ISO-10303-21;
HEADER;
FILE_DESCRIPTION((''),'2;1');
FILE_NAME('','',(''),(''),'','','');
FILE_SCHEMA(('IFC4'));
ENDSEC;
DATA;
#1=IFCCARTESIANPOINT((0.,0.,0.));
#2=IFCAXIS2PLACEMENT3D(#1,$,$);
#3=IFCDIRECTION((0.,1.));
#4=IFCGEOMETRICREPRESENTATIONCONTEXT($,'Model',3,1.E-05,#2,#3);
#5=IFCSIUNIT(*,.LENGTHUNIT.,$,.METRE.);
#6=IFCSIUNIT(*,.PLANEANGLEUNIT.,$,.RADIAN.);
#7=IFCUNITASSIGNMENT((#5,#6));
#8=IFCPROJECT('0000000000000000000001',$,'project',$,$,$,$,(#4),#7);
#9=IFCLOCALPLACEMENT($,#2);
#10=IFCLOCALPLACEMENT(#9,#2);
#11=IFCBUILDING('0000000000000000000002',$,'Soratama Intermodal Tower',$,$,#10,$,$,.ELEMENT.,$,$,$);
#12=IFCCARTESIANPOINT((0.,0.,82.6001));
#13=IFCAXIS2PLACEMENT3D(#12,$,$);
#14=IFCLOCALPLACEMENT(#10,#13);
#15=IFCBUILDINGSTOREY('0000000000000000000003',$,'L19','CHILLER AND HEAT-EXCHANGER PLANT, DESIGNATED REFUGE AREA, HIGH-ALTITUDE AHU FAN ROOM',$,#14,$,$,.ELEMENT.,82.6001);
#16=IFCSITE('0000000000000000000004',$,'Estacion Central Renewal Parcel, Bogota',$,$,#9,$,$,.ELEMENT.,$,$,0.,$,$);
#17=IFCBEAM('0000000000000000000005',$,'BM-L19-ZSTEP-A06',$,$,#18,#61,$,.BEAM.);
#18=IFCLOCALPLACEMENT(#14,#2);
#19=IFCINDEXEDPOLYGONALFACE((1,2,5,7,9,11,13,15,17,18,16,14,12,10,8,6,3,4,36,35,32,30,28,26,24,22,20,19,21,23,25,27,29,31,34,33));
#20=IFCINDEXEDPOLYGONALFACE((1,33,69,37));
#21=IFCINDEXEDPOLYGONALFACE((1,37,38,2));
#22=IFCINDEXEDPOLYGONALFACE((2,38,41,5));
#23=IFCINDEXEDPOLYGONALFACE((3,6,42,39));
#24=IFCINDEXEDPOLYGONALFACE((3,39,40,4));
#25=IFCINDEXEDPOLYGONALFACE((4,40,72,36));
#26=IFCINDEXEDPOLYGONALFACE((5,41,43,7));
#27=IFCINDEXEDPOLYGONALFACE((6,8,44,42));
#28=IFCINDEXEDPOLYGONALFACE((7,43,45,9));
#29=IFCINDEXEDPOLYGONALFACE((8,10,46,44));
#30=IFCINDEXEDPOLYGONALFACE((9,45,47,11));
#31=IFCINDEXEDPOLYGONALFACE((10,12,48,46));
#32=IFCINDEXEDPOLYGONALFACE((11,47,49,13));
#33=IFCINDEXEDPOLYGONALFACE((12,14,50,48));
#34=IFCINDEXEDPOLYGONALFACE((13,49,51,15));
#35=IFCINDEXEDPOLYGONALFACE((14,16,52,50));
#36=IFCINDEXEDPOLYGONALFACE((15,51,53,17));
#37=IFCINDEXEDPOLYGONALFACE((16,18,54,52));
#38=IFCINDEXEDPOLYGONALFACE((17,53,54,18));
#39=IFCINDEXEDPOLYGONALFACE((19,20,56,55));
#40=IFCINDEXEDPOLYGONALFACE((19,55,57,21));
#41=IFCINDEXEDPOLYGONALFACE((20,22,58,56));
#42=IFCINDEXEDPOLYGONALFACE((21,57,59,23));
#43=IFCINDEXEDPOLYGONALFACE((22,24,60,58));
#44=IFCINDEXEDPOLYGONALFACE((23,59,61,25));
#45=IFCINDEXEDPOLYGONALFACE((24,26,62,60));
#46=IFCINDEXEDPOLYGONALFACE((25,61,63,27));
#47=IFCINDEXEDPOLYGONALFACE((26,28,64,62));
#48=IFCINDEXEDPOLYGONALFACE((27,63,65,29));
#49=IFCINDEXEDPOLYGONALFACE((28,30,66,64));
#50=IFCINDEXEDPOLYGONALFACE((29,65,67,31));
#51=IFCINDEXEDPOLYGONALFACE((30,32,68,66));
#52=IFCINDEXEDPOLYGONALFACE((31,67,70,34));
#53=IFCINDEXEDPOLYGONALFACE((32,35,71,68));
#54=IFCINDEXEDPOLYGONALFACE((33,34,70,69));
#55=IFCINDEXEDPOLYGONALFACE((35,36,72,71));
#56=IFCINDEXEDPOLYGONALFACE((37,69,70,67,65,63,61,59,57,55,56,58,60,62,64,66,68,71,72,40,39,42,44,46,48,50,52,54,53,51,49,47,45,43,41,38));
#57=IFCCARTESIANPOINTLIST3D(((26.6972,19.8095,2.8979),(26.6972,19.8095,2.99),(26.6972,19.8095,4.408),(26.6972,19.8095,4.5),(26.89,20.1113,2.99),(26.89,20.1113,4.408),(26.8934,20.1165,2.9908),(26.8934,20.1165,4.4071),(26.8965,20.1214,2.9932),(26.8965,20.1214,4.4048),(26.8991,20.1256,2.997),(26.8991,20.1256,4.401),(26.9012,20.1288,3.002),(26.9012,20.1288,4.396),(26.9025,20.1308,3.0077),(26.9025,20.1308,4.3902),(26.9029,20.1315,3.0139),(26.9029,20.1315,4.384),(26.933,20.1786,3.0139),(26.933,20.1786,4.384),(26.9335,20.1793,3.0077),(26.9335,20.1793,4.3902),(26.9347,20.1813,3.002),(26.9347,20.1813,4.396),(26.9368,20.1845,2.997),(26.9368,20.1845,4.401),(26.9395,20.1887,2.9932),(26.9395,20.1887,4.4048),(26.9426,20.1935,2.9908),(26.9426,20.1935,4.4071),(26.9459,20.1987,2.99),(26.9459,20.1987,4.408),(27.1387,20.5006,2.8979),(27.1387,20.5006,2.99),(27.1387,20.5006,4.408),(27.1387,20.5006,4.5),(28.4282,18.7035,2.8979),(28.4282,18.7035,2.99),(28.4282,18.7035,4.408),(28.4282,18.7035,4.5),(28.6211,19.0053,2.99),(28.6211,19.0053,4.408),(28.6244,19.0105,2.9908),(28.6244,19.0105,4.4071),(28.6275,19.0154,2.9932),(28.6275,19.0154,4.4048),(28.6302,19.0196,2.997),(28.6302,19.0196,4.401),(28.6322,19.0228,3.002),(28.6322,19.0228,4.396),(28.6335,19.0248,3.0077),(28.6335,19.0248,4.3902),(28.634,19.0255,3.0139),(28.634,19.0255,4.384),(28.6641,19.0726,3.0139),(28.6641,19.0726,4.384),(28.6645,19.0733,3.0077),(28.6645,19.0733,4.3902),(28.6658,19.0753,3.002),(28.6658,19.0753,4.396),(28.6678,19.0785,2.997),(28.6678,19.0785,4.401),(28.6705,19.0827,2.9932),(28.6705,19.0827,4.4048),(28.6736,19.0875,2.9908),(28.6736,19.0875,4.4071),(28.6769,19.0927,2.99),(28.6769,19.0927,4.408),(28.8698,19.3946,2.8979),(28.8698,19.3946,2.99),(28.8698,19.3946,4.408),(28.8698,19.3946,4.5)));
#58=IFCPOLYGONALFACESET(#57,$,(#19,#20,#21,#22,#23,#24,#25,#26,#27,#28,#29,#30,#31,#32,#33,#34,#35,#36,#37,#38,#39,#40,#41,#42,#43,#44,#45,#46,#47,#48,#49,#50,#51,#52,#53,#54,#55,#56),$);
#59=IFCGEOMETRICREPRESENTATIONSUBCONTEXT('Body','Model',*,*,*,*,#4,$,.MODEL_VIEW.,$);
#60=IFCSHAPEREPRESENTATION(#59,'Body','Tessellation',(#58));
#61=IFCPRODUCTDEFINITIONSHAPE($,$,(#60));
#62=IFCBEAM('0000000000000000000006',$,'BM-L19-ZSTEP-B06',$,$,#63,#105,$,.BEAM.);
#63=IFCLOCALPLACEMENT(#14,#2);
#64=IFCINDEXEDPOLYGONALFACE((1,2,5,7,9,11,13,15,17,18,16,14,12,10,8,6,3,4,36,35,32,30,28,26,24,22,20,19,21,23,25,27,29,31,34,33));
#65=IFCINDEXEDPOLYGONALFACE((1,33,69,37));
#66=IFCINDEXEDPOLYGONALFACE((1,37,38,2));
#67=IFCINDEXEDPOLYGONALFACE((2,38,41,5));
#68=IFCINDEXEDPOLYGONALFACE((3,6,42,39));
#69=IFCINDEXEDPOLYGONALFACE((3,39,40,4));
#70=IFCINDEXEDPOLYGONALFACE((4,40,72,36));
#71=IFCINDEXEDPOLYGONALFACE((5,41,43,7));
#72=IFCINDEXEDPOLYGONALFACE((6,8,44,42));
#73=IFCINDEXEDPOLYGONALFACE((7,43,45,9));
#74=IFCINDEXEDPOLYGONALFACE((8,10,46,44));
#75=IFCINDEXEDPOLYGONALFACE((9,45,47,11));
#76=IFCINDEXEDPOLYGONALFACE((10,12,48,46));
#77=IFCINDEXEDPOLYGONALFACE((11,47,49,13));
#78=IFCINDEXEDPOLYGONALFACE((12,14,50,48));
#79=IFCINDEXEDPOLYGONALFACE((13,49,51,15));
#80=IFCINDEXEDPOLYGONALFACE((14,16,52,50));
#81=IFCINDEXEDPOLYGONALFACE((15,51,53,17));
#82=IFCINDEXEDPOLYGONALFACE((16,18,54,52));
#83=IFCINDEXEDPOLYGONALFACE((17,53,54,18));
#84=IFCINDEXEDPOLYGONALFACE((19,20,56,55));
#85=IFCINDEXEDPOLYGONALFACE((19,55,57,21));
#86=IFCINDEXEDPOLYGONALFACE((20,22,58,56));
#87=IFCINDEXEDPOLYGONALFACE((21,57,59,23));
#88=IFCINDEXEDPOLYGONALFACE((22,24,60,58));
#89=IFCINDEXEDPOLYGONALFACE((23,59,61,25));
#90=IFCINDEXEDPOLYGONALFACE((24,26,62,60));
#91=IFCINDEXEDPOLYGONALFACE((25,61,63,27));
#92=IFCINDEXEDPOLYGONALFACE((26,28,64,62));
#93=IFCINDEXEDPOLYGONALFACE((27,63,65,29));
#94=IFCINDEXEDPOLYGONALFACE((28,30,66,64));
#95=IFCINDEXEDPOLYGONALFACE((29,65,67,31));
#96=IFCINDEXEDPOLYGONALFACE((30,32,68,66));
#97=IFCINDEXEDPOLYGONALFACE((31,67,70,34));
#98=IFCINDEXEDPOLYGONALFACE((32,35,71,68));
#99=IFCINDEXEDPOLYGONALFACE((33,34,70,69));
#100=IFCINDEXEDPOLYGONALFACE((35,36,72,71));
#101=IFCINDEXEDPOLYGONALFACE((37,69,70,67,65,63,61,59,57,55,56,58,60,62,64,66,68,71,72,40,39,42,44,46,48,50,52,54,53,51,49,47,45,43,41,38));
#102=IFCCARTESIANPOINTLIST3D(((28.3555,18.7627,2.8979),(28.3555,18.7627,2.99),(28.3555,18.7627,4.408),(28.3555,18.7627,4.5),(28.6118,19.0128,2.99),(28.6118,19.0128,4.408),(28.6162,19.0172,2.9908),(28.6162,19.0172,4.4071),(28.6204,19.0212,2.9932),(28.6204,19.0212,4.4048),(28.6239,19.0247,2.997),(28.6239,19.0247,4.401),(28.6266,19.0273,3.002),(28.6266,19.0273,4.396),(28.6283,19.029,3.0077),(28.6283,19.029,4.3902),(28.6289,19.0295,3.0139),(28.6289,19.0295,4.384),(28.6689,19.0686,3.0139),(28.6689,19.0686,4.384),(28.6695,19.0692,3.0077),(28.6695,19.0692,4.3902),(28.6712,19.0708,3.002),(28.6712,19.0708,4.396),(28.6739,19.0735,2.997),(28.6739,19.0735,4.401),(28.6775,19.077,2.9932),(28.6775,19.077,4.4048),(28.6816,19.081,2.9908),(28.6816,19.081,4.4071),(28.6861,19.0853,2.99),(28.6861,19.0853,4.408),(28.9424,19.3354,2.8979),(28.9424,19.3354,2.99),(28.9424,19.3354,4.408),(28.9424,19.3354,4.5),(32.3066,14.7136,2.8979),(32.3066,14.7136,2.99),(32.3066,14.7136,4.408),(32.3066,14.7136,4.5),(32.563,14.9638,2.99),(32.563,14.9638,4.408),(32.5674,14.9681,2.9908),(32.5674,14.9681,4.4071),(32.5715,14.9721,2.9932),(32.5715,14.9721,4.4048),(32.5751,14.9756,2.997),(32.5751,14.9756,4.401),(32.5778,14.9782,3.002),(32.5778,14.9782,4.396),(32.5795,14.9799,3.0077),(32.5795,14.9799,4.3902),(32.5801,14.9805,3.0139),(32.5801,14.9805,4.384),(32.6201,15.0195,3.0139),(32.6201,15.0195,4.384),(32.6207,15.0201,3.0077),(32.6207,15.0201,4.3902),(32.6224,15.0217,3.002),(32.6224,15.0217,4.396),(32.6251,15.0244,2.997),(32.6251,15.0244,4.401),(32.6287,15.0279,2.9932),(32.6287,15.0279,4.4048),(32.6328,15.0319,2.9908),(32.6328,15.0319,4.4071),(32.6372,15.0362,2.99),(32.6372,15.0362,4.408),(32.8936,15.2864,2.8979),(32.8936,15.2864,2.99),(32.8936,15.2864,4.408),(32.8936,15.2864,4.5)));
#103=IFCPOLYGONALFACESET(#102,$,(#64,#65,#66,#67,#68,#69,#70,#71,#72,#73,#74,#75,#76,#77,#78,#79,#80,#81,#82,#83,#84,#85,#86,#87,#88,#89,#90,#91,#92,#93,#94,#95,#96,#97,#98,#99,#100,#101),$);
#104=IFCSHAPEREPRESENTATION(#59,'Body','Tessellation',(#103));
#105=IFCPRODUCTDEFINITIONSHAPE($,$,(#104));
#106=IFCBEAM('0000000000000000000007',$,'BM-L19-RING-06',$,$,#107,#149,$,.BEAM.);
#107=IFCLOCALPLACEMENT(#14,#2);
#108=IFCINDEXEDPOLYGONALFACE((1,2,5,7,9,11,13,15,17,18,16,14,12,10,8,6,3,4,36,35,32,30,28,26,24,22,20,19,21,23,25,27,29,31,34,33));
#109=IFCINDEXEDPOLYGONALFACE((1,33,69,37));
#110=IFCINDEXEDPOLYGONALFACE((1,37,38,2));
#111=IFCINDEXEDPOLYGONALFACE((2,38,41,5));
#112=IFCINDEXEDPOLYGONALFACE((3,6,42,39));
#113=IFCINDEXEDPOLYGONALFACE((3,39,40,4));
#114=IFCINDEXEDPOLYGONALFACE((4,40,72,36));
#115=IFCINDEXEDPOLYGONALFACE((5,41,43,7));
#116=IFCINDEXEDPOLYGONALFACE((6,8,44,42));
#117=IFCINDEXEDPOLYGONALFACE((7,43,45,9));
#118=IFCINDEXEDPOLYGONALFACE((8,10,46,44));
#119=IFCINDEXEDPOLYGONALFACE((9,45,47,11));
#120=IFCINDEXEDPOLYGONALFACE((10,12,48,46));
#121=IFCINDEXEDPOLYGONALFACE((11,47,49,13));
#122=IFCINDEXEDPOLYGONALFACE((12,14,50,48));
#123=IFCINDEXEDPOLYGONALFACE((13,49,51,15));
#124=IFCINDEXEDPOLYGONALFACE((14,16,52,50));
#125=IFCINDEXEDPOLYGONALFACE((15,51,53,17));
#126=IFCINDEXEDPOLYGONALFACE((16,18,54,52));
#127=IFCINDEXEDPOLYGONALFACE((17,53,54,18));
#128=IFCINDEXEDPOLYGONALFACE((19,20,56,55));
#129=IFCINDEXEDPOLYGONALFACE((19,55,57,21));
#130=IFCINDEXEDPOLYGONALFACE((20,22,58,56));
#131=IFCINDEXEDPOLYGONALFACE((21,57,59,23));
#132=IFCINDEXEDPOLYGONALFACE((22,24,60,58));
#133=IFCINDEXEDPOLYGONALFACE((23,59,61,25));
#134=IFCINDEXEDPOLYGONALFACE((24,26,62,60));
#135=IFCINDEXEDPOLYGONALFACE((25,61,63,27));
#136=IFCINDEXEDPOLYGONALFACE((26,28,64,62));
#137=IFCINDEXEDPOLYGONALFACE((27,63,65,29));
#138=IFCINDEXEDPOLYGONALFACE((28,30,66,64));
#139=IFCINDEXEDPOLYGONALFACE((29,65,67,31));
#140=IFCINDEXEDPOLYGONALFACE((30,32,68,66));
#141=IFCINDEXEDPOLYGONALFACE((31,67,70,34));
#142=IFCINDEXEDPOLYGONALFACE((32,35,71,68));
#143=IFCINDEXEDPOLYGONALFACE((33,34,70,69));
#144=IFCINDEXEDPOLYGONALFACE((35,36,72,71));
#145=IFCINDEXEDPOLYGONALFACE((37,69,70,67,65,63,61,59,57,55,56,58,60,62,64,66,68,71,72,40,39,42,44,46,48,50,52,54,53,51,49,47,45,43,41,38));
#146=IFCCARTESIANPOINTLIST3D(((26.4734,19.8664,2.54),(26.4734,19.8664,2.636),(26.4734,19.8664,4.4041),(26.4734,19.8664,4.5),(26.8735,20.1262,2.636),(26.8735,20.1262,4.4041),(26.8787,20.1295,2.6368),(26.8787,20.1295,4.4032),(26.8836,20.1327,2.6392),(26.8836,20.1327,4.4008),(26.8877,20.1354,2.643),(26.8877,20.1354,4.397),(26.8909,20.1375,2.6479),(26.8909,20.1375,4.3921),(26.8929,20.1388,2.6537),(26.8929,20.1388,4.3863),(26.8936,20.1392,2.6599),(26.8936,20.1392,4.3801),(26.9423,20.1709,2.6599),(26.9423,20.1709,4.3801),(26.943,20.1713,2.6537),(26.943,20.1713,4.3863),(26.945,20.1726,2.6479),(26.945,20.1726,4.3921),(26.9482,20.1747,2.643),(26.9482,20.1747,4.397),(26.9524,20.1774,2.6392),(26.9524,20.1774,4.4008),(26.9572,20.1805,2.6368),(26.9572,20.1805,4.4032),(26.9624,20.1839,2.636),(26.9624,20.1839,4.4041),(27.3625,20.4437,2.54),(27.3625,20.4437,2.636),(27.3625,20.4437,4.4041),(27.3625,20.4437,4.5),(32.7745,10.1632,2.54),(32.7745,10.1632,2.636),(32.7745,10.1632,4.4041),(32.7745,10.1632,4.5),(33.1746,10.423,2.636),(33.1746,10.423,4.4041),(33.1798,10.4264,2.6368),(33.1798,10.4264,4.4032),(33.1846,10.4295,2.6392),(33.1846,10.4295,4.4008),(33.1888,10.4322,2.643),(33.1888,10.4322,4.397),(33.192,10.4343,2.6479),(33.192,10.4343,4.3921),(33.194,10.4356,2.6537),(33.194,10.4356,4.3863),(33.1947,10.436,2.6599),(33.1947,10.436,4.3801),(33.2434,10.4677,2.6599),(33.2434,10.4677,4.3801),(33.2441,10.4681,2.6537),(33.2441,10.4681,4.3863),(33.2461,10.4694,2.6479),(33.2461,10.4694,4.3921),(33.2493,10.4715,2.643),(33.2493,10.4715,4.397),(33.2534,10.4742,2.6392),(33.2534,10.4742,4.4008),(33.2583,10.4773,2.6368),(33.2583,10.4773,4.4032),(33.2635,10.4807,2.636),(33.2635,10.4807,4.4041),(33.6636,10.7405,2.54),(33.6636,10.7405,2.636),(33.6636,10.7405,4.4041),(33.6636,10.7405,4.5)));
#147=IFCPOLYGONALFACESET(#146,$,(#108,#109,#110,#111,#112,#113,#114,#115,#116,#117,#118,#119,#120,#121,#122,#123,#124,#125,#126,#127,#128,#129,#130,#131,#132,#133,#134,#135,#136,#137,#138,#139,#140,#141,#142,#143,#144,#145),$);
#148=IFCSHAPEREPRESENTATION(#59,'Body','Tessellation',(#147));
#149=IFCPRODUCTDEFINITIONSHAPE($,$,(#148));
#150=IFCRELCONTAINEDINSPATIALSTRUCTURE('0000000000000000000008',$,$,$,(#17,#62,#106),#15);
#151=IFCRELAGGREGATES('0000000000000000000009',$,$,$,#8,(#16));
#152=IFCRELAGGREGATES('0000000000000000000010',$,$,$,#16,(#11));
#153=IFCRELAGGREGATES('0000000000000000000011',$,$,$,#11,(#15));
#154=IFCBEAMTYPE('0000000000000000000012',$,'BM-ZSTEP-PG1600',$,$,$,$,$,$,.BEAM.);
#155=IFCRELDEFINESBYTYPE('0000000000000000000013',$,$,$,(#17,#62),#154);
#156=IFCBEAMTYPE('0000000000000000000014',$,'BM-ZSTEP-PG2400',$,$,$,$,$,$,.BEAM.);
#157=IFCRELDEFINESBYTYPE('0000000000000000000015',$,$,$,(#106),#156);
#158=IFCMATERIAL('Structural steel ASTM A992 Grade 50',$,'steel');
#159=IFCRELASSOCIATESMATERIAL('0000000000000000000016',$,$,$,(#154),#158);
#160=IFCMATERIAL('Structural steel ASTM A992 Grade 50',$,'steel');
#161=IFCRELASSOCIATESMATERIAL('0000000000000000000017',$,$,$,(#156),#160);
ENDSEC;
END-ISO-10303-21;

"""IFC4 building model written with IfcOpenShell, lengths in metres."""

from ifc_helpers import new_model, si_unit, direction, frame, origin, origin_2d, place, context, subcontext, project, spatial, i_section, extrude, material, material_profile, profile_set, type_object, element, save


model = new_model("IFC4")

# Units and contexts
model_context = context("Model", 3, precision=1e-05, world=origin(), true_north=direction((0.0, 1.0)))
body_context = subcontext(model_context, "Body", "Model", "MODEL_VIEW")
ifc_project = project(units=[si_unit("LENGTHUNIT", "METRE"), si_unit("PLANEANGLEUNIT", "RADIAN")], contexts=[model_context])

# Site, building, storey
site_placement = place(None, origin())
site = spatial("IfcSite", under=ifc_project, at=site_placement, Name="Estacion Central Renewal Parcel, Bogota", CompositionType="ELEMENT", RefElevation=0.0)
building_placement = place(site_placement, origin())
building = spatial("IfcBuilding", under=site, at=building_placement, Name="Soratama Intermodal Tower", CompositionType="ELEMENT")
storey_placement = place(building_placement, frame((0.0, 0.0, 82.6001)))
storey = spatial("IfcBuildingStorey", under=building, at=storey_placement, Name="L19", Description="CHILLER AND HEAT-EXCHANGER PLANT, DESIGNATED REFUGE AREA, HIGH-ALTITUDE AHU FAN ROOM", CompositionType="ELEMENT", Elevation=82.6001)

# Beams
ifc_material_1 = material(Name="Structural steel ASTM A992 Grade 50", Category="steel")
ifc_material_profile_1 = material_profile(ifc_material_1, i_section(OverallWidth=0.8201, OverallDepth=1.6021, WebThickness=0.0559, FlangeThickness=0.092, FilletRadius=0.0239, at=origin_2d()), Name="PG1600X650")
ifc_profile_set_1 = profile_set([ifc_material_profile_1], Name="Structural steel ASTM A992 Grade 50")
beam_type_1 = type_object("IfcBeamType", Name="BM-ZSTEP-PG1600", PredefinedType="BEAM", material=ifc_profile_set_1)
beam_1_placement = place(storey_placement, frame((26.918, 20.155, 3.699), z_axis=(0.842681, -0.538413, 0.0), x_axis=(0.538413, 0.842681, 0.0)))
element("IfcBeam", 1, at=beam_1_placement, inside=storey, type_object=beam_type_1, Name="BM-L19-ZSTEP-A06", PredefinedType="BEAM", context=body_context, shape_type="SweptSolid", body=[
    extrude(i_section(OverallWidth=0.8201, OverallDepth=1.6021, WebThickness=0.0559, FlangeThickness=0.092, FilletRadius=0.0239, at=origin_2d()), origin(), (0.0, 0.0, 1.0), 2.0542),
])
beam_2_placement = place(storey_placement, frame((28.6489, 19.0491, 3.699), z_axis=(0.698402, -0.715706, 0.0), x_axis=(0.715706, 0.698402, 0.0)))
element("IfcBeam", 2, at=beam_2_placement, inside=storey, type_object=beam_type_1, Name="BM-L19-ZSTEP-B06", PredefinedType="BEAM", context=body_context, shape_type="SweptSolid", body=[
    extrude(i_section(OverallWidth=0.8201, OverallDepth=1.6021, WebThickness=0.0559, FlangeThickness=0.092, FilletRadius=0.0239, at=origin_2d()), origin(), (0.0, 0.0, 1.0), 5.6575),
])
ifc_material_2 = material(Name="Structural steel ASTM A992 Grade 50", Category="steel")
ifc_material_profile_2 = material_profile(ifc_material_2, i_section(OverallWidth=1.0601, OverallDepth=1.96, WebThickness=0.0581, FlangeThickness=0.0959, FilletRadius=0.0239, at=origin_2d()), Name="PG2400X900")
ifc_profile_set_2 = profile_set([ifc_material_profile_2], Name="Structural steel ASTM A992 Grade 50")
beam_type_2 = type_object("IfcBeamType", Name="BM-ZSTEP-PG2400", PredefinedType="BEAM", material=ifc_profile_set_2)
beam_3_placement = place(storey_placement, frame((26.918, 20.155, 3.52), z_axis=(0.544623, -0.838681, 0.0), x_axis=(0.838681, 0.544623, 0.0)))
element("IfcBeam", 3, at=beam_3_placement, inside=storey, type_object=beam_type_2, Name="BM-L19-RING-06", PredefinedType="BEAM", context=body_context, shape_type="SweptSolid", body=[
    extrude(i_section(OverallWidth=1.0601, OverallDepth=1.96, WebThickness=0.0581, FlangeThickness=0.0959, FilletRadius=0.0239, at=origin_2d()), origin(), (0.0, 0.0, 1.0), 11.5696),
])

save(model, "model.ifc")
